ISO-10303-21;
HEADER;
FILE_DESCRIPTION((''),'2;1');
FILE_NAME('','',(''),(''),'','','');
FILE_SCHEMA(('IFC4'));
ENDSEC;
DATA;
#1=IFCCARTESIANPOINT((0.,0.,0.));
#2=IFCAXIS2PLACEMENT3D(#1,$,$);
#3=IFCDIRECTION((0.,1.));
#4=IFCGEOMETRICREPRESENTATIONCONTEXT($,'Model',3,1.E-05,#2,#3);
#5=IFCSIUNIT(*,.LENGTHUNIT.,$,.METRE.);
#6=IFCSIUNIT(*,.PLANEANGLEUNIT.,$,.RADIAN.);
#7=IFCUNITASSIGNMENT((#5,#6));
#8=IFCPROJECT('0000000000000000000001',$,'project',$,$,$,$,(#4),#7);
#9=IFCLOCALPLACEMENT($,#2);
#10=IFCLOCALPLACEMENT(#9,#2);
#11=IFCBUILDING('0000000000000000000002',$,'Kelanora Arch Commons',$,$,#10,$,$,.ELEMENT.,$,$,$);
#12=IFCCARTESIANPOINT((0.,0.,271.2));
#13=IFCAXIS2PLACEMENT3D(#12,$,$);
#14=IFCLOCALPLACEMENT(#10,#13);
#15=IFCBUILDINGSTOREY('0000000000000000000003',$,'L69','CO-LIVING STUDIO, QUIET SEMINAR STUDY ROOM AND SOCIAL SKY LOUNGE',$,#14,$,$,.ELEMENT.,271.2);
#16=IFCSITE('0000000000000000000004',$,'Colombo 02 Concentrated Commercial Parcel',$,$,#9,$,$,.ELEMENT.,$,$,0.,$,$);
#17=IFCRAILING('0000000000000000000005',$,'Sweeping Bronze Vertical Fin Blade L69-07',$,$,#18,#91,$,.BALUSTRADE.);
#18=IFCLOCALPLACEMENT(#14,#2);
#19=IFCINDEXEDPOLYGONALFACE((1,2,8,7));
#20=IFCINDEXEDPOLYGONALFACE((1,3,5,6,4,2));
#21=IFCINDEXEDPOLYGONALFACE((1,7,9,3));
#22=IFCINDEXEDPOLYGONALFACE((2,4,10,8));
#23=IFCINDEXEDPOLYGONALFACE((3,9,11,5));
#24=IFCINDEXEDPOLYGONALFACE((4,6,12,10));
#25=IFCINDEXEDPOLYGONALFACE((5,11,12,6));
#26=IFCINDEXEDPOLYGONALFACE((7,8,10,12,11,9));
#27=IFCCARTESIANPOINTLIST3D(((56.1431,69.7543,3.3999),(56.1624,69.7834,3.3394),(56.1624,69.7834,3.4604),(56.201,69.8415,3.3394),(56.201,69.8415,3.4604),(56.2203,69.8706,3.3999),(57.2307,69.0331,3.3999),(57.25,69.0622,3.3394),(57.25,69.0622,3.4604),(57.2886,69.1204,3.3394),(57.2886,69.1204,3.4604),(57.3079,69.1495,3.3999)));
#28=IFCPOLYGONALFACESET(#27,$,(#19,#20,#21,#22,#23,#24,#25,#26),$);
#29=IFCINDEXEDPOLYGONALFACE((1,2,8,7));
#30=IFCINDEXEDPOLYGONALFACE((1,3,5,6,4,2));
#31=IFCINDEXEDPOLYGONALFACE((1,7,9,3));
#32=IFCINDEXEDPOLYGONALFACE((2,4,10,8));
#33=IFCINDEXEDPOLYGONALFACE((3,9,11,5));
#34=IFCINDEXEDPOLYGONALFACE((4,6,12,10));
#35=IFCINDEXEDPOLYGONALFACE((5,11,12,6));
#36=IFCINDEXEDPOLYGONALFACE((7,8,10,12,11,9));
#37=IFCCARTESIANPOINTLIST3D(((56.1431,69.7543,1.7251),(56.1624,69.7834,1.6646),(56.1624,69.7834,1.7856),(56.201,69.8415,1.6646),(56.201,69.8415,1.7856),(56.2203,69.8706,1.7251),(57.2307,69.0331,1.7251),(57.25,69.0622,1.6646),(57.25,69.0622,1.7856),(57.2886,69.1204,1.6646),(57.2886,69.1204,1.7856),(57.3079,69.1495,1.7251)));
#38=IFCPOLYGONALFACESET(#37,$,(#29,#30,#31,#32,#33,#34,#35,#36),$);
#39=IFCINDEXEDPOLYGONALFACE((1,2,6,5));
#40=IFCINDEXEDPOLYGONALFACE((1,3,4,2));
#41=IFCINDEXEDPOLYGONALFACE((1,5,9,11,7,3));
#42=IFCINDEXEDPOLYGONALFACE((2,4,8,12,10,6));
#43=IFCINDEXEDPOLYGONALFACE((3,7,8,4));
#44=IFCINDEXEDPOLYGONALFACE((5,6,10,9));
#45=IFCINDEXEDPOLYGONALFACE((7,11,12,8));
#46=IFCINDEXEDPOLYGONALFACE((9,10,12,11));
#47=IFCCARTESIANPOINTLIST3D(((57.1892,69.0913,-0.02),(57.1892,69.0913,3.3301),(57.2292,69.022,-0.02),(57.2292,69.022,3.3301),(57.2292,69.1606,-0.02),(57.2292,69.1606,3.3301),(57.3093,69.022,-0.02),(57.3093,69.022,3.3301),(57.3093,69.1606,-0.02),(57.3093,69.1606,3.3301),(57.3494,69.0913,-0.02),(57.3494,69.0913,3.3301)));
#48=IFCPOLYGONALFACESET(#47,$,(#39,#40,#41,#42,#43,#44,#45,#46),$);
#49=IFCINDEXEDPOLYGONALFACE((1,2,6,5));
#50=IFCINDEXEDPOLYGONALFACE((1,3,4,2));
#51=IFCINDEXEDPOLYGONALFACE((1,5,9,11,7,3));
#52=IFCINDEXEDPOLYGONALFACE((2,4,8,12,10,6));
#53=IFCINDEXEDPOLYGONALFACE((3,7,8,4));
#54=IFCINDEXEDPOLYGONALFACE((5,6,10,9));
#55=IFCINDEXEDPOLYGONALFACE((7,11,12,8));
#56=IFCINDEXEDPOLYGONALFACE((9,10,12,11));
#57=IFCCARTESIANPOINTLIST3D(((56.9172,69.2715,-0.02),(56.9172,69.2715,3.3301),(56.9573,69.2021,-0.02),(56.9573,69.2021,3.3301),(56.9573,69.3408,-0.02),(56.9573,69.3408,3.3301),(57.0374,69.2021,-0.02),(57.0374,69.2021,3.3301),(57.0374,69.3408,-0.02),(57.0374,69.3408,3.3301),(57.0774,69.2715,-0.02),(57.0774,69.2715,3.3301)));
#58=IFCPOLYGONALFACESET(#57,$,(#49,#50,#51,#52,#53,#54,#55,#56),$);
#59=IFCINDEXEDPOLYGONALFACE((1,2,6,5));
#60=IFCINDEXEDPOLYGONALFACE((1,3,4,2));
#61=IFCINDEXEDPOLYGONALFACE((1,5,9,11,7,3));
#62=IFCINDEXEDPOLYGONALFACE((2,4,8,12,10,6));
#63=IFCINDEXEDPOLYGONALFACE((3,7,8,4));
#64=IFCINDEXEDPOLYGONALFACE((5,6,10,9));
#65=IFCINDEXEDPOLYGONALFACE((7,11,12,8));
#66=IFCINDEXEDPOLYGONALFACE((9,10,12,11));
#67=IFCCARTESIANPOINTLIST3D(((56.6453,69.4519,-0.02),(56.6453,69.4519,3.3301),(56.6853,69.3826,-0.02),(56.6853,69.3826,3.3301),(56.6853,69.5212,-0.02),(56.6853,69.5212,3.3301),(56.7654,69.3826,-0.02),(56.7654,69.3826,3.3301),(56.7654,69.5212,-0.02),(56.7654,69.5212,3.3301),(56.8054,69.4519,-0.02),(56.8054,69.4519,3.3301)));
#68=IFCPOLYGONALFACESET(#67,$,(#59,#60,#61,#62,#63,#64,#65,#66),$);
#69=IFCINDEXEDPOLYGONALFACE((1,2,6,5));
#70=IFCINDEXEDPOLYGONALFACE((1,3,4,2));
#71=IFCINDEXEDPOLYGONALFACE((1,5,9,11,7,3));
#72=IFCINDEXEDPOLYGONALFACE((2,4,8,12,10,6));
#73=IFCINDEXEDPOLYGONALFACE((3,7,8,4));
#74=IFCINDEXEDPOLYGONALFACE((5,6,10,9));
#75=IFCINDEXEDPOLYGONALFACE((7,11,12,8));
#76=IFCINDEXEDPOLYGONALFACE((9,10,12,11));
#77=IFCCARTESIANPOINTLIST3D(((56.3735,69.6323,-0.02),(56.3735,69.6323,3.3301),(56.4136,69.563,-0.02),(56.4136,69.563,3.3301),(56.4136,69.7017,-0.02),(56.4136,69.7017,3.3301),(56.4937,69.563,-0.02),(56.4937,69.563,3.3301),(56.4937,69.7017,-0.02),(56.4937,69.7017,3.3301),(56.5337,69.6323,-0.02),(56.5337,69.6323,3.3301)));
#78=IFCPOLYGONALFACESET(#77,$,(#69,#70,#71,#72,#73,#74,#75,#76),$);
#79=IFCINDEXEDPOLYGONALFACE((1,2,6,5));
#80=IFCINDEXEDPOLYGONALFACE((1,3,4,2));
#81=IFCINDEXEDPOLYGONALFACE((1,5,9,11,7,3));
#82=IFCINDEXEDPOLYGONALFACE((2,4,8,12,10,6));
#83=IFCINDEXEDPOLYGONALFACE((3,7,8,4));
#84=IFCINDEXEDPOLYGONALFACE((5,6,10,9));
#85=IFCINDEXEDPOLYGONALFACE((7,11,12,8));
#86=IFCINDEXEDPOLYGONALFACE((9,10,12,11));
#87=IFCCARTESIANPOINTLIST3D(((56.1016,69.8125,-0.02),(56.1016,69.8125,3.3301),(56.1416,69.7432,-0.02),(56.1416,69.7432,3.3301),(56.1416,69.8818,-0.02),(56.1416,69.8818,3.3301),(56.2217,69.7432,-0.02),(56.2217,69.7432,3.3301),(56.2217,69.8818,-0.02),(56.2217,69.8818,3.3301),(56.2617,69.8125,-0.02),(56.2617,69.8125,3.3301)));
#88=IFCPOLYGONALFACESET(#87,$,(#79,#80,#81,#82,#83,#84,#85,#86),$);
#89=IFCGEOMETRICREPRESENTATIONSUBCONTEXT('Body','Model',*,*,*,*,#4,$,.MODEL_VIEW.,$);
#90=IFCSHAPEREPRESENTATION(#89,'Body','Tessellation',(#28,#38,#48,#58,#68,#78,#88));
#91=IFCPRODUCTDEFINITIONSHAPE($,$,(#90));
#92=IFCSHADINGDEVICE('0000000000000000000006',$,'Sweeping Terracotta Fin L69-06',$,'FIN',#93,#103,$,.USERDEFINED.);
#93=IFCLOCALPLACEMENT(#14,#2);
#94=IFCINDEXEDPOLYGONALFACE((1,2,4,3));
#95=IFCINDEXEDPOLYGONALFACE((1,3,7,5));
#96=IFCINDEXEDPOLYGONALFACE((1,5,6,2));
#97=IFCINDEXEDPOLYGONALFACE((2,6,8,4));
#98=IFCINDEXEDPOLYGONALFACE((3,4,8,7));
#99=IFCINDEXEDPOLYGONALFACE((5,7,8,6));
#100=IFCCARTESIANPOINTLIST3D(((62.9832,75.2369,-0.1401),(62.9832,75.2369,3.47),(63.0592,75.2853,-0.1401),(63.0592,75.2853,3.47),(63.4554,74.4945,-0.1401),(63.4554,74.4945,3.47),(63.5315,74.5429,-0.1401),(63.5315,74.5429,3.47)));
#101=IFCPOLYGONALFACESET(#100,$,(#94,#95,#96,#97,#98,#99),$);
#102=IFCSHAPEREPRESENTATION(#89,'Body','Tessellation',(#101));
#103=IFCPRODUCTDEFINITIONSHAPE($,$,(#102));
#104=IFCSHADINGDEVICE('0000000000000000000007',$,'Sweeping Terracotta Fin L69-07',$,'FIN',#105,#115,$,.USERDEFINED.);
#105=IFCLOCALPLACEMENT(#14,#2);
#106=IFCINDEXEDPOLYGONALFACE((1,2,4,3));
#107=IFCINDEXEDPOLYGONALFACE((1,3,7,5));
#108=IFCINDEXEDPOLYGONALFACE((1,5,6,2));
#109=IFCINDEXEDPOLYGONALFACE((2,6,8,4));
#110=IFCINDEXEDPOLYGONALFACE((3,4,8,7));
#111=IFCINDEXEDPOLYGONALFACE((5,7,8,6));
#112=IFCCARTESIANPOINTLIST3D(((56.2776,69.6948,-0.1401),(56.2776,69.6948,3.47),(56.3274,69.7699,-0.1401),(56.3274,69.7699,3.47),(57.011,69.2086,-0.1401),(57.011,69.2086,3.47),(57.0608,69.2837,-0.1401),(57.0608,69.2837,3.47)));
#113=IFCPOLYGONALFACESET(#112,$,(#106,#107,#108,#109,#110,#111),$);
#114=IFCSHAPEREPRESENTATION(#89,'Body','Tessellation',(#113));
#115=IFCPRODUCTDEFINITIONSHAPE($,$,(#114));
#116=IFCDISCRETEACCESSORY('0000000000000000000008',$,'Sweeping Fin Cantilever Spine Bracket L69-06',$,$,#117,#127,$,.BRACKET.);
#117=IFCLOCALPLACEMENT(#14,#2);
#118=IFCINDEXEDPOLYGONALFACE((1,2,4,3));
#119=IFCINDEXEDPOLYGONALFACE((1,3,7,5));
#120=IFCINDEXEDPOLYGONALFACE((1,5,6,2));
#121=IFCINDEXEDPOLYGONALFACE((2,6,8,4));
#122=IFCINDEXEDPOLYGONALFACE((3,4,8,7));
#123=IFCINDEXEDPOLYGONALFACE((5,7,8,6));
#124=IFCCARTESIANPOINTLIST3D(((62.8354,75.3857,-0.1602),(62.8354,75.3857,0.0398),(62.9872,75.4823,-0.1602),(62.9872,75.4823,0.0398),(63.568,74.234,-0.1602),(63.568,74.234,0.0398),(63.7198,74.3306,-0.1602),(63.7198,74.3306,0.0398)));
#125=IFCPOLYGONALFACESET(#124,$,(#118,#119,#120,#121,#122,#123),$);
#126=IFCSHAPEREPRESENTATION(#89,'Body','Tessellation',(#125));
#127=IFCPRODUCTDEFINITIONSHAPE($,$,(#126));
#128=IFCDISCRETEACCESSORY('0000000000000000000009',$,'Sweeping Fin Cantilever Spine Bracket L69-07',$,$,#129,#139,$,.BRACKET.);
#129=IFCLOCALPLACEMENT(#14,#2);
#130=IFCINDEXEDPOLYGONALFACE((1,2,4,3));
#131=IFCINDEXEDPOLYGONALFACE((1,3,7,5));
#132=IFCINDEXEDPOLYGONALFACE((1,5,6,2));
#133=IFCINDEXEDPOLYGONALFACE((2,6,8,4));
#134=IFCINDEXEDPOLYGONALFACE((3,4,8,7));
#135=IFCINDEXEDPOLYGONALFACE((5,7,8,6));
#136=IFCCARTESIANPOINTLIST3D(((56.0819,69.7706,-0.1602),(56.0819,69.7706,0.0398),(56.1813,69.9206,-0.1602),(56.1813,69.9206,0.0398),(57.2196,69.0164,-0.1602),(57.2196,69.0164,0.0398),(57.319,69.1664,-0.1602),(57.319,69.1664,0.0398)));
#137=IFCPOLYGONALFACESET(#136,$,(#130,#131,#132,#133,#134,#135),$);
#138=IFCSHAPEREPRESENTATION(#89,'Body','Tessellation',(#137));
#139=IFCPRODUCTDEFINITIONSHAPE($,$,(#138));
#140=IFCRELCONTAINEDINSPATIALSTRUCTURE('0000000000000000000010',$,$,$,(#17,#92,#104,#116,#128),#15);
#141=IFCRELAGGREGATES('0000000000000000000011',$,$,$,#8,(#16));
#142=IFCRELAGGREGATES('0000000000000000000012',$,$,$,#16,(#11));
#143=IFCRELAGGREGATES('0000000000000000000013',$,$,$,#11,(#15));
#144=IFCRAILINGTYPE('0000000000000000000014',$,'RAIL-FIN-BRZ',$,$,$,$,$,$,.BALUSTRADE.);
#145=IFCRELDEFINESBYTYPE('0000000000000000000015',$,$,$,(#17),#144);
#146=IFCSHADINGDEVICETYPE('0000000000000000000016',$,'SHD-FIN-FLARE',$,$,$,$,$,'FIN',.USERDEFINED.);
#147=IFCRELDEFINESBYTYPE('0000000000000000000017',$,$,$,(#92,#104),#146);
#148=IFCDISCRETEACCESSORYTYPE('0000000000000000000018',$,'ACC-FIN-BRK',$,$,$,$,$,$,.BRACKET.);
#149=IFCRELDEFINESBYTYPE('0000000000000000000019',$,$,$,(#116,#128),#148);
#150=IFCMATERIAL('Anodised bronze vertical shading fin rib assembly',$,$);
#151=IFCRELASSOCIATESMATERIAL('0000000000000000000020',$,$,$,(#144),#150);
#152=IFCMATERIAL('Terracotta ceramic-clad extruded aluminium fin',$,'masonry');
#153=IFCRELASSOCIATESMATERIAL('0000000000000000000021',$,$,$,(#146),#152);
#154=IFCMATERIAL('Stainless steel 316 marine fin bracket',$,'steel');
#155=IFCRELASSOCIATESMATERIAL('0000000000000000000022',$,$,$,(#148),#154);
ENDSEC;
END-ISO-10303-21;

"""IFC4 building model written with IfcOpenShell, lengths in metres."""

from ifc_helpers import new_model, si_unit, direction, frame, origin, origin_2d, place, context, subcontext, project, spatial, polyline, rectangle, outline, extrude, source, transform, mapped, material, type_object, element, save


model = new_model("IFC4")

# Units and contexts
model_context = context("Model", 3, precision=1e-05, world=origin(), true_north=direction((0.0, 1.0)))
body_context = subcontext(model_context, "Body", "Model", "MODEL_VIEW")
ifc_project = project(units=[si_unit("LENGTHUNIT", "METRE"), si_unit("PLANEANGLEUNIT", "RADIAN")], contexts=[model_context])

# Site, building, storey
site_placement = place(None, origin())
site = spatial("IfcSite", under=ifc_project, at=site_placement, Name="Colombo 02 Concentrated Commercial Parcel", CompositionType="ELEMENT", RefElevation=0.0)
building_placement = place(site_placement, origin())
building = spatial("IfcBuilding", under=site, at=building_placement, Name="Kelanora Arch Commons", CompositionType="ELEMENT")
storey_placement = place(building_placement, frame((0.0, 0.0, 271.2)))
storey = spatial("IfcBuildingStorey", under=building, at=storey_placement, Name="L69", Description="CO-LIVING STUDIO, QUIET SEMINAR STUDY ROOM AND SOCIAL SKY LOUNGE", CompositionType="ELEMENT", Elevation=271.2)

# Railing
ifc_material_1 = material(Name="Anodised bronze vertical shading fin rib assembly")
railing_type = type_object("IfcRailingType", Name="RAIL-FIN-BRZ", PredefinedType="BALUSTRADE", material=ifc_material_1)
railing_1_placement = place(storey_placement, frame((57.2693, 69.0913, -0.02)))
element("IfcRailing", 1, at=railing_1_placement, inside=storey, type_object=railing_type, Name="Sweeping Bronze Vertical Fin Blade L69-07", PredefinedType="BALUSTRADE", context=body_context, shape_type="SweptSolid", body=[
    extrude(outline(polyline([(0.0698, 0.0), (0.0349, 0.0605), (-0.0349, 0.0605), (-0.0698, 0.0), (-0.0349, -0.0605), (0.0349, -0.0605), (0.0698, 0.0)])), frame((0.0, 0.0, 3.4199), z_axis=(-0.833429, 0.552626, 0.0), x_axis=(-0.552626, -0.833429, 0.0)), (0.0, 0.0, 1.0), 1.3049),
    extrude(outline(polyline([(0.0698, 0.0), (0.0349, 0.0605), (-0.0349, 0.0605), (-0.0698, 0.0), (-0.0349, -0.0605), (0.0349, -0.0605), (0.0698, 0.0)])), frame((0.0, 0.0, 1.7451), z_axis=(-0.833429, 0.552626, 0.0), x_axis=(-0.552626, -0.833429, 0.0)), (0.0, 0.0, 1.0), 1.3049),
    extrude(outline(polyline([(0.0801, 0.0), (0.04, 0.0693), (-0.04, 0.0693), (-0.0801, 0.0), (-0.04, -0.0693), (0.04, -0.0693), (0.0801, 0.0)])), origin(), (0.0, 0.0, 1.0), 3.3501),
    extrude(outline(polyline([(0.0801, 0.0), (0.04, 0.0693), (-0.04, 0.0693), (-0.0801, 0.0), (-0.04, -0.0693), (0.04, -0.0693), (0.0801, 0.0)])), frame((-0.272, 0.1802, 0.0)), (0.0, 0.0, 1.0), 3.3501),
    extrude(outline(polyline([(0.0801, 0.0), (0.04, 0.0693), (-0.04, 0.0693), (-0.0801, 0.0), (-0.04, -0.0693), (0.04, -0.0693), (0.0801, 0.0)])), frame((-0.5439, 0.3606, 0.0)), (0.0, 0.0, 1.0), 3.3501),
    extrude(outline(polyline([(0.0801, 0.0), (0.04, 0.0693), (-0.04, 0.0693), (-0.0801, 0.0), (-0.04, -0.0693), (0.04, -0.0693), (0.0801, 0.0)])), frame((-0.8157, 0.541, 0.0)), (0.0, 0.0, 1.0), 3.3501),
    extrude(outline(polyline([(0.0801, 0.0), (0.04, 0.0693), (-0.04, 0.0693), (-0.0801, 0.0), (-0.04, -0.0693), (0.04, -0.0693), (0.0801, 0.0)])), frame((-1.0876, 0.7212, 0.0)), (0.0, 0.0, 1.0), 3.3501),
])

# Shading devices
ifc_material_2 = material(Name="Terracotta ceramic-clad extruded aluminium fin", Category="masonry")
shading_device_type = type_object("IfcShadingDeviceType", Name="SHD-FIN-FLARE", ElementType="FIN", PredefinedType="USERDEFINED", material=ifc_material_2)
shared_shape_1 = source(origin(), body_context, "Body", "SweptSolid", [
    extrude(rectangle(XDim=0.8799, YDim=0.0901, at=origin_2d()), origin(), (0.0, 0.0, 1.0), 3.6101),
])
for number, where, z_axis, x_axis, name in (
    (2, (63.2573, 74.8899, -0.1401), (0.0, 0.0, 1.0), (-0.536711, 0.843766, 0.0), "Sweeping Terracotta Fin L69-06"),
    (3, (56.6692, 69.4893, -0.1401), (0.0, 0.0, 1.0), (-0.8335, 0.552519, 0.0), "Sweeping Terracotta Fin L69-07"),
):
    element("IfcShadingDevice", number, at=place(storey_placement, frame(where, z_axis=z_axis, x_axis=x_axis)), inside=storey, type_object=shading_device_type, Name=name, ObjectType="FIN", PredefinedType="USERDEFINED", context=body_context, shape_type="MappedRepresentation", body=[
        mapped(shared_shape_1, transform((0.0, 0.0, 0.0), scale=1.0)),
    ])

# Discrete accessories
ifc_material_3 = material(Name="Stainless steel 316 marine fin bracket", Category="steel")
discrete_accessory_type = type_object("IfcDiscreteAccessoryType", Name="ACC-FIN-BRK", PredefinedType="BRACKET", material=ifc_material_3)
shared_shape_2 = source(origin(), body_context, "Body", "SweptSolid", [
    extrude(rectangle(XDim=1.365, YDim=0.1799, at=origin_2d()), origin(), (0.0, 0.0, 1.0), 0.2),
])
for number, where, z_axis, x_axis, name in (
    (4, (63.2776, 74.8582, -0.1602), (0.0, 0.0, 1.0), (-0.536711, 0.843766, 0.0), "Sweeping Fin Cantilever Spine Bracket L69-06"),
    (5, (56.7004, 69.4685, -0.1602), (0.0, 0.0, 1.0), (-0.8335, 0.552519, 0.0), "Sweeping Fin Cantilever Spine Bracket L69-07"),
):
    element("IfcDiscreteAccessory", number, at=place(storey_placement, frame(where, z_axis=z_axis, x_axis=x_axis)), inside=storey, type_object=discrete_accessory_type, Name=name, PredefinedType="BRACKET", context=body_context, shape_type="MappedRepresentation", body=[
        mapped(shared_shape_2, transform((0.0, 0.0, 0.0), scale=1.0)),
    ])

save(model, "model.ifc")
